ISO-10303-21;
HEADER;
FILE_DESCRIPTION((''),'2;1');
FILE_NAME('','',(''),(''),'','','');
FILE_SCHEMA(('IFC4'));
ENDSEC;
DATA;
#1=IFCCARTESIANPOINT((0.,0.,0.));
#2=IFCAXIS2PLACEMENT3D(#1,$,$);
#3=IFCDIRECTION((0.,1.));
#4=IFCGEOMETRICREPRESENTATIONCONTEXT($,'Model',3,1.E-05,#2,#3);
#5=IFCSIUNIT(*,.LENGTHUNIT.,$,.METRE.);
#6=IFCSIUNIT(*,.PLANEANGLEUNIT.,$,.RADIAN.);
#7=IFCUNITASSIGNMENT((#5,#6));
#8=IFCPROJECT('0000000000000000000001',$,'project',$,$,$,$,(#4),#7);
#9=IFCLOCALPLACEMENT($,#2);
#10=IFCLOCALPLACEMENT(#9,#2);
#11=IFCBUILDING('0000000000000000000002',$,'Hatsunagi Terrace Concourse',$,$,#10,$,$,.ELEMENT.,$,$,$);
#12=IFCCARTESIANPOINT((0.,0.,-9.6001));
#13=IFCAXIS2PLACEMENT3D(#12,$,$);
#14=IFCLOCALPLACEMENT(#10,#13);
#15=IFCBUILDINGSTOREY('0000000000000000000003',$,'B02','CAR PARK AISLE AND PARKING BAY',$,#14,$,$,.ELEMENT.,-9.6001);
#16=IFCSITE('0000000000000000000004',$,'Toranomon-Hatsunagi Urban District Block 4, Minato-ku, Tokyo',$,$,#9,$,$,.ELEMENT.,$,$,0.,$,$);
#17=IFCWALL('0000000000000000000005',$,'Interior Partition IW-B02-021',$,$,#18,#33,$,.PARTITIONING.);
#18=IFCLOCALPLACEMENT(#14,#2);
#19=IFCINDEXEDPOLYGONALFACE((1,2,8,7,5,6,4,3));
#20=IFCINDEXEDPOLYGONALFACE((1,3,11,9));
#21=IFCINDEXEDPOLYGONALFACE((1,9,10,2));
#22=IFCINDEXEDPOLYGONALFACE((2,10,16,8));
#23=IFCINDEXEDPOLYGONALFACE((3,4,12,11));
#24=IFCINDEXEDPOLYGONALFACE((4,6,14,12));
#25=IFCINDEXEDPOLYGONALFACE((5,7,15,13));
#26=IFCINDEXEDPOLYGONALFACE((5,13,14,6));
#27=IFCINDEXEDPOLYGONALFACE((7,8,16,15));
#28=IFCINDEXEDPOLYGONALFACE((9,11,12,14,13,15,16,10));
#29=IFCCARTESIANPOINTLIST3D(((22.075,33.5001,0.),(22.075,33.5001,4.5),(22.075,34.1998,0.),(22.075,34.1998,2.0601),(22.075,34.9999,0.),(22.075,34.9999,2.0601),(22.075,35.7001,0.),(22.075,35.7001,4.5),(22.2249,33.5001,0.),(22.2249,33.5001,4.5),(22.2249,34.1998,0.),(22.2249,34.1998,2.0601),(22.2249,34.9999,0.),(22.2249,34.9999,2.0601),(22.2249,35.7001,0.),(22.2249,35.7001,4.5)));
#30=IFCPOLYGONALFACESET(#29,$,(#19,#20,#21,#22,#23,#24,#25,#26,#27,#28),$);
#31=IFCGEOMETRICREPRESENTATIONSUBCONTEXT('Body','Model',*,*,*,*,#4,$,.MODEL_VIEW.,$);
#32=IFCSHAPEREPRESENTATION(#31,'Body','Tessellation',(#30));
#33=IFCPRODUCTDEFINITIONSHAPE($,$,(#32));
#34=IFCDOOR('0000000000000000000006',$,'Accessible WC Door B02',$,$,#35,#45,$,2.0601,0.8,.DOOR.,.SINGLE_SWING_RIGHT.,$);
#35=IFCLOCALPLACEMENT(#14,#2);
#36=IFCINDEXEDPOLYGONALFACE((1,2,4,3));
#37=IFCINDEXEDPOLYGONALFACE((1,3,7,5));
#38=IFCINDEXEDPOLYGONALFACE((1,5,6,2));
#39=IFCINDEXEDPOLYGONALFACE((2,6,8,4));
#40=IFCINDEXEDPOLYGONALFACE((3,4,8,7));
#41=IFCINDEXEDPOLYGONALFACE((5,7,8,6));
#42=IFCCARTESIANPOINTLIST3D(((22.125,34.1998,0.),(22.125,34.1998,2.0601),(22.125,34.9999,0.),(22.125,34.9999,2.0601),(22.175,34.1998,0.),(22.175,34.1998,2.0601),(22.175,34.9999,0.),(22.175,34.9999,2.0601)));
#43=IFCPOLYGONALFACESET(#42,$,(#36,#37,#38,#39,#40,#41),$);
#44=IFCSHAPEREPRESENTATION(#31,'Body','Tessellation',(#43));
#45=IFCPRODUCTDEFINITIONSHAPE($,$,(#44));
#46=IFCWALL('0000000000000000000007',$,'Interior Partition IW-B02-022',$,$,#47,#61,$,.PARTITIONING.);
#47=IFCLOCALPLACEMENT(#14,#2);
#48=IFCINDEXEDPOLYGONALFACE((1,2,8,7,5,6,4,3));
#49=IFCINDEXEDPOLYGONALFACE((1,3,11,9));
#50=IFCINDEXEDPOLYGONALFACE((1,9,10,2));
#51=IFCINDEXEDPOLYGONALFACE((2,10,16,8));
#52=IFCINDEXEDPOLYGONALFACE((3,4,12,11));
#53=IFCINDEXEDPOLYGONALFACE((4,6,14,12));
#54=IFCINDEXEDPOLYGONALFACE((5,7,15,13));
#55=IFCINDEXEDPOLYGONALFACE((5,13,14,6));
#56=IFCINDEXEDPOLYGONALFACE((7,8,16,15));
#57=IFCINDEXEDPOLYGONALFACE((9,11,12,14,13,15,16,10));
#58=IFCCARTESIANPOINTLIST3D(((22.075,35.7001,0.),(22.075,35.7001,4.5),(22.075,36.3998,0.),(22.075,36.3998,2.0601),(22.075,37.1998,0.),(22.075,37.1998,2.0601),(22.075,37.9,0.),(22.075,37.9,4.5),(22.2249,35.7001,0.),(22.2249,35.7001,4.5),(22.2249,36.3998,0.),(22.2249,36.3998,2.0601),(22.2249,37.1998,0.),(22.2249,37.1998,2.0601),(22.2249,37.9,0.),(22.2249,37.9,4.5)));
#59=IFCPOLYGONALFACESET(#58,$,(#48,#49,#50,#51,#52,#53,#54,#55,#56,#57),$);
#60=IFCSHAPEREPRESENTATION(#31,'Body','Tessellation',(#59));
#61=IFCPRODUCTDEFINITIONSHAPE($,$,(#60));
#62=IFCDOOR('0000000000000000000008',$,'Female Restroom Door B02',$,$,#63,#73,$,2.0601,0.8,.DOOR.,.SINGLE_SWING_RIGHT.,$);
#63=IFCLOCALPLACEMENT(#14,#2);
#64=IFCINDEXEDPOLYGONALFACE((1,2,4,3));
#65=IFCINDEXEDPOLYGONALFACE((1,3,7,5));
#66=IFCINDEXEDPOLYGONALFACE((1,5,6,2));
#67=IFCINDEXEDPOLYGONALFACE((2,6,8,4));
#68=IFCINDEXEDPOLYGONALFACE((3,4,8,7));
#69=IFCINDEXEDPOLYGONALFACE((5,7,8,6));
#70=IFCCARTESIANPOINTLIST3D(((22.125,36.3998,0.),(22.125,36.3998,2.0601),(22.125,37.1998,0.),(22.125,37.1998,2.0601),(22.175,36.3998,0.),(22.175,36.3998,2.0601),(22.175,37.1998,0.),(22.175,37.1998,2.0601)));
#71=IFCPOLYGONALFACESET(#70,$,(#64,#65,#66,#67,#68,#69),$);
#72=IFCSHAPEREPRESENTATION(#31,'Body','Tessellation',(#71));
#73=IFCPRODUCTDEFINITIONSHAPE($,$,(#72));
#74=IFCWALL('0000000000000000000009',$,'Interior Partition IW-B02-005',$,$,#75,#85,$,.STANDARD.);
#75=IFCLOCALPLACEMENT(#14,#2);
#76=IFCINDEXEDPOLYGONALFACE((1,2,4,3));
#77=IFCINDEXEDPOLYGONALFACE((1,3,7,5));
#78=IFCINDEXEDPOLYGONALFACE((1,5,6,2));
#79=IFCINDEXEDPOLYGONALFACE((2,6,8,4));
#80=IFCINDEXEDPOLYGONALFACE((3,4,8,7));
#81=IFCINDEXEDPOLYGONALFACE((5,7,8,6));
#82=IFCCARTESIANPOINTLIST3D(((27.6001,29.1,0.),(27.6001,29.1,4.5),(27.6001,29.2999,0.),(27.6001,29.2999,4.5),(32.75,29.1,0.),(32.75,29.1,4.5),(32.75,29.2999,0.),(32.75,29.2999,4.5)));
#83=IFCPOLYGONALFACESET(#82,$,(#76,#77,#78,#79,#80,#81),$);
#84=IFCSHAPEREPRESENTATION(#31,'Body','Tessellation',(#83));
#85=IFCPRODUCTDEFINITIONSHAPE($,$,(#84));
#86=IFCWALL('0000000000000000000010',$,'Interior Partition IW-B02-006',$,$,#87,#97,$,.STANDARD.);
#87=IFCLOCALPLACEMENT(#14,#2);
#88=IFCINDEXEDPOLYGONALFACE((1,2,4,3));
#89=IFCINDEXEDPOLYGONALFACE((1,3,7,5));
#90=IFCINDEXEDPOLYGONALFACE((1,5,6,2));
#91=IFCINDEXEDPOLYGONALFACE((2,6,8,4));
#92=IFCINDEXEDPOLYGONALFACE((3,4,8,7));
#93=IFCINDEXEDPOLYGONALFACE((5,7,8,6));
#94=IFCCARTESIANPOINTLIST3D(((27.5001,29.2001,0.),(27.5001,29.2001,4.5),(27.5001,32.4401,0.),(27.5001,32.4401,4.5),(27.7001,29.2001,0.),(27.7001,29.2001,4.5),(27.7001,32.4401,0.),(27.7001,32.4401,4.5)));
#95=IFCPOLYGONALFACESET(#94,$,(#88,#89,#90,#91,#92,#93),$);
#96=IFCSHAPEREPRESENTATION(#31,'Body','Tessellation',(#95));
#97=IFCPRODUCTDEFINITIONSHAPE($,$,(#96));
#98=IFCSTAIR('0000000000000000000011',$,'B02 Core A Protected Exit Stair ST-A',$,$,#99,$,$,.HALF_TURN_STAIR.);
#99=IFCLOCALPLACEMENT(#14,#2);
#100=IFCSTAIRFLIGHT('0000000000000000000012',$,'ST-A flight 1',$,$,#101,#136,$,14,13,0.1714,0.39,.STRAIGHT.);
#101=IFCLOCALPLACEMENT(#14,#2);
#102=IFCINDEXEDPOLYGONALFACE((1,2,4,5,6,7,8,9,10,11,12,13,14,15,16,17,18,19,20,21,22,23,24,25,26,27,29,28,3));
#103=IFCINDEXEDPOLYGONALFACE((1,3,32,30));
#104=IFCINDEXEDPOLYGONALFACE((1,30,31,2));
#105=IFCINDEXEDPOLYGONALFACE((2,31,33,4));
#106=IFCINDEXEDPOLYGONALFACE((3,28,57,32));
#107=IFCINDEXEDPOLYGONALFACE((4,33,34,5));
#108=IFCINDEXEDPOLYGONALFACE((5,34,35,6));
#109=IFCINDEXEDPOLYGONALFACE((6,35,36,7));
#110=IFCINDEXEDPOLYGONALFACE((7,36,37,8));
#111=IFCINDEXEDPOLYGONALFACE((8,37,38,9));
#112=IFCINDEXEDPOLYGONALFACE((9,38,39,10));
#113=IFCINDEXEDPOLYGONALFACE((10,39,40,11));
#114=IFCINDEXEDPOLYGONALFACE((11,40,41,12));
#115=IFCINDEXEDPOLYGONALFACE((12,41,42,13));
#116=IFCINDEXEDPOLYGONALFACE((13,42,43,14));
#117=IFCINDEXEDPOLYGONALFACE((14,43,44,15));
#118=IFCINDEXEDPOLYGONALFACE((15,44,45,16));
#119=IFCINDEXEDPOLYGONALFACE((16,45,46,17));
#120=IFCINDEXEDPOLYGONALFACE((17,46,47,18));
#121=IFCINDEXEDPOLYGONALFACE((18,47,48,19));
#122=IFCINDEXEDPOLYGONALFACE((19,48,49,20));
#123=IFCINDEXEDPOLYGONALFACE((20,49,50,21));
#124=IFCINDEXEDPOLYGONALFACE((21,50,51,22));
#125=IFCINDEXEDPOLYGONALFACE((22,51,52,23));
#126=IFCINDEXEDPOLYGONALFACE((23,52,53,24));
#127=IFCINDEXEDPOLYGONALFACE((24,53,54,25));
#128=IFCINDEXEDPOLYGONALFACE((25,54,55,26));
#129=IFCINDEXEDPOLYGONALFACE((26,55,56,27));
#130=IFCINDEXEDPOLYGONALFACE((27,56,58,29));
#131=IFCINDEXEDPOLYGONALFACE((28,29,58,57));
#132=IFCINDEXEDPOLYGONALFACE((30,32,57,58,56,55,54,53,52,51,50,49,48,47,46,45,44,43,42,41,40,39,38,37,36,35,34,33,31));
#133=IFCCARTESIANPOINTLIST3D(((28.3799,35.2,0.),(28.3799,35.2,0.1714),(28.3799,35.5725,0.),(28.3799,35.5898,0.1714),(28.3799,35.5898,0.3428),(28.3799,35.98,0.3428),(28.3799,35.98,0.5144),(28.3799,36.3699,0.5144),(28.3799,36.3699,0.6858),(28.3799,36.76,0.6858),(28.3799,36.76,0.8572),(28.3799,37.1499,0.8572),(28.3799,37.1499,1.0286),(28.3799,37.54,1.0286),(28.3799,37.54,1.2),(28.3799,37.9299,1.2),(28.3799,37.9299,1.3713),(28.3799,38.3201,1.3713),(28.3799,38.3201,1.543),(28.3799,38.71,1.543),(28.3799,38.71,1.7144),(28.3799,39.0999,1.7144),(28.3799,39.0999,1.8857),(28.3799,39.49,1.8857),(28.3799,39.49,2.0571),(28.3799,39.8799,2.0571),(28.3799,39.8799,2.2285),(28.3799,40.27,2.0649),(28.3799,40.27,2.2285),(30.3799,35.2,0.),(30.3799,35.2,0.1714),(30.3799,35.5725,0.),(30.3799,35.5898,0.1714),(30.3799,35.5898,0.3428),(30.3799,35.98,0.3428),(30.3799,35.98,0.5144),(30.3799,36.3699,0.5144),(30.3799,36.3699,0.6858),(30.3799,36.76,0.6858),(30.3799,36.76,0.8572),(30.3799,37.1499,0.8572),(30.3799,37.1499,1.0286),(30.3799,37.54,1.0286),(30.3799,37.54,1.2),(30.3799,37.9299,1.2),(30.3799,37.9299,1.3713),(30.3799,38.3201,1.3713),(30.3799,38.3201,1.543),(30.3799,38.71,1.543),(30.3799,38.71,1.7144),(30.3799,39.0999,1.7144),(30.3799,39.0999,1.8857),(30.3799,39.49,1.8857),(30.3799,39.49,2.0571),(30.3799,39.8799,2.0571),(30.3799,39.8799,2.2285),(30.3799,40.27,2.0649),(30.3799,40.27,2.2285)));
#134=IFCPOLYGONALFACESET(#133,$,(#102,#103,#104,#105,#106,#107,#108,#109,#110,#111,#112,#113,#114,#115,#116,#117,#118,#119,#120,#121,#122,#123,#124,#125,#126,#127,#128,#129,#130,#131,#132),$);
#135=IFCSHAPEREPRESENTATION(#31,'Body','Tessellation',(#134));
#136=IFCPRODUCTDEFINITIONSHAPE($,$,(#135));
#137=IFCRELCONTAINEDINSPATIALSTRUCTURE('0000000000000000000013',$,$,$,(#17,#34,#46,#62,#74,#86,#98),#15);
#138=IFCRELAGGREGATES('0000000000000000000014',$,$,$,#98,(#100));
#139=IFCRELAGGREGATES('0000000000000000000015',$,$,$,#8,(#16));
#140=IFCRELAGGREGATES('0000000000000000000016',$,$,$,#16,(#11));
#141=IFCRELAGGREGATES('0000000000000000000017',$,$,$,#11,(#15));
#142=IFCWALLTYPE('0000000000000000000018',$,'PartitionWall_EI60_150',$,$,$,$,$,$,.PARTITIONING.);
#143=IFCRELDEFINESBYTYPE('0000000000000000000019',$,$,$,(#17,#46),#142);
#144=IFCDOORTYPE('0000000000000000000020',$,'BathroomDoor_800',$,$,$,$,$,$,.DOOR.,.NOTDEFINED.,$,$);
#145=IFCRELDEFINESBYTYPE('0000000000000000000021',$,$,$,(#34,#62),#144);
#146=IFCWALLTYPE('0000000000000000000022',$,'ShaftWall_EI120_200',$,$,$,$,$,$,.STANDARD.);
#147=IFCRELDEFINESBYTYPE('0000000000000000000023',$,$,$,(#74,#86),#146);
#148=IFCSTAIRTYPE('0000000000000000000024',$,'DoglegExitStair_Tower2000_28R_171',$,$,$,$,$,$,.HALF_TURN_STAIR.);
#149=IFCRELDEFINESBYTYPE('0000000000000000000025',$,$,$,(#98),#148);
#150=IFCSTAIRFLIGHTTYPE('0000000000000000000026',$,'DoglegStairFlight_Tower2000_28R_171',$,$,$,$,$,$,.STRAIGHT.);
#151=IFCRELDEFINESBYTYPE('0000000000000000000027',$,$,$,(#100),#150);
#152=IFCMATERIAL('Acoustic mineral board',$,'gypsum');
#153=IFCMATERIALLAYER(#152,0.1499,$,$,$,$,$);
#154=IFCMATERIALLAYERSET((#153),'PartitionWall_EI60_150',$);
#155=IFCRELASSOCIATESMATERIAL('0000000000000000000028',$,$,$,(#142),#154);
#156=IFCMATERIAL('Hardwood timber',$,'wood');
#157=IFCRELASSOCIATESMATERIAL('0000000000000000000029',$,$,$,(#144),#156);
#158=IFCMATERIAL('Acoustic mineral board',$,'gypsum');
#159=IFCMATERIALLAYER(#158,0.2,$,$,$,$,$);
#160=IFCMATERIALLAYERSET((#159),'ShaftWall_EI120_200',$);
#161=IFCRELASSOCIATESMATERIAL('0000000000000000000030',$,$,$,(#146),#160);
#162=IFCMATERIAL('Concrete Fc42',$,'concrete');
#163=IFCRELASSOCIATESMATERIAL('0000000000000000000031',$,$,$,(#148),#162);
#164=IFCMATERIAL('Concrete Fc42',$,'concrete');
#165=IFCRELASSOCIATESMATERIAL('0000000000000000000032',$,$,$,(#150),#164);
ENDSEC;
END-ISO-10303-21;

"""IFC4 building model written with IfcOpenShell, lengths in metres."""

from ifc_helpers import new_model, si_unit, direction, frame, frame_2d, origin, place, context, subcontext, project, spatial, polyline, rectangle, outline, extrude, material, layer, layer_set, type_object, element, fill, aggregate, save


model = new_model("IFC4")

# Units and contexts
model_context = context("Model", 3, precision=1e-05, world=origin(), true_north=direction((0.0, 1.0)))
body_context = subcontext(model_context, "Body", "Model", "MODEL_VIEW")
ifc_project = project(units=[si_unit("LENGTHUNIT", "METRE"), si_unit("PLANEANGLEUNIT", "RADIAN")], contexts=[model_context])

# Site, building, storey
site_placement = place(None, origin())
site = spatial("IfcSite", under=ifc_project, at=site_placement, Name="Toranomon-Hatsunagi Urban District Block 4, Minato-ku, Tokyo", CompositionType="ELEMENT", RefElevation=0.0)
building_placement = place(site_placement, origin())
building = spatial("IfcBuilding", under=site, at=building_placement, Name="Hatsunagi Terrace Concourse", CompositionType="ELEMENT")
storey_placement = place(building_placement, frame((0.0, 0.0, -9.6001)))
storey = spatial("IfcBuildingStorey", under=building, at=storey_placement, Name="B02", Description="CAR PARK AISLE AND PARKING BAY", CompositionType="ELEMENT", Elevation=-9.6001)

# Shared definitions
ifc_material_1 = material(Name="Acoustic mineral board", Category="gypsum")
ifc_layer_1 = layer(ifc_material_1, 0.1499)
ifc_layer_set_1 = layer_set([ifc_layer_1], Name="PartitionWall_EI60_150")
wall_type_1 = type_object("IfcWallType", Name="PartitionWall_EI60_150", PredefinedType="PARTITIONING", material=ifc_layer_set_1)

# Walls, openings, doors
wall_1_placement = place(storey_placement, frame((22.1499, 33.5, 0.0), z_axis=(0.0, 0.0, 1.0), x_axis=(0.0, 1.0, 0.0)))
wall_1 = element("IfcWall", 1, at=wall_1_placement, inside=storey, type_object=wall_type_1, Name="Interior Partition IW-B02-021", PredefinedType="PARTITIONING", context=body_context, shape_type="SweptSolid", body=[
    extrude(rectangle(XDim=2.2, YDim=0.1499, at=frame_2d((1.1001, 0.0))), origin(), (0.0, 0.0, 1.0), 4.5),
])
opening_1_placement = place(wall_1_placement, frame((0.7, 0.0, 0.0)))
opening_1 = element("IfcOpeningElement", 2, at=opening_1_placement, cuts=wall_1, PredefinedType="OPENING", context=body_context, shape_type="SweptSolid", body=[
    extrude(rectangle(XDim=0.8, YDim=2.0601, at=frame_2d((0.3999, 1.03))), frame((0.0, 0.085, 0.0), z_axis=(0.0, -1.0, 0.0), x_axis=(1.0, 0.0, 0.0)), (0.0, 0.0, 1.0), 0.1699),
])
ifc_material_2 = material(Name="Hardwood timber", Category="wood")
door_type_1 = type_object("IfcDoorType", Name="BathroomDoor_800", OperationType="NOTDEFINED", PredefinedType="DOOR", material=ifc_material_2)
door_1_placement = place(opening_1_placement, origin())
door_1 = element("IfcDoor", 3, at=door_1_placement, inside=storey, type_object=door_type_1, Name="Accessible WC Door B02", OperationType="SINGLE_SWING_RIGHT", OverallHeight=2.0601, OverallWidth=0.8, PredefinedType="DOOR", context=body_context, shape_type="SweptSolid", body=[
    extrude(rectangle(XDim=0.8, YDim=2.0601, at=frame_2d((0.3999, 1.03))), frame((0.0, 0.0249, 0.0), z_axis=(0.0, -1.0, 0.0), x_axis=(1.0, 0.0, 0.0)), (0.0, 0.0, 1.0), 0.05),
])
fill(opening_1, door_1)
wall_2_placement = place(storey_placement, frame((22.1499, 35.7, 0.0), z_axis=(0.0, 0.0, 1.0), x_axis=(0.0, 1.0, 0.0)))
wall_2 = element("IfcWall", 4, at=wall_2_placement, inside=storey, type_object=wall_type_1, Name="Interior Partition IW-B02-022", PredefinedType="PARTITIONING", context=body_context, shape_type="SweptSolid", body=[
    extrude(rectangle(XDim=2.2, YDim=0.1499, at=frame_2d((1.1001, 0.0))), origin(), (0.0, 0.0, 1.0), 4.5),
])
opening_2_placement = place(wall_2_placement, frame((0.7, 0.0, 0.0)))
opening_2 = element("IfcOpeningElement", 5, at=opening_2_placement, cuts=wall_2, PredefinedType="OPENING", context=body_context, shape_type="SweptSolid", body=[
    extrude(rectangle(XDim=0.8, YDim=2.0601, at=frame_2d((0.3999, 1.03))), frame((0.0, 0.085, 0.0), z_axis=(0.0, -1.0, 0.0), x_axis=(1.0, 0.0, 0.0)), (0.0, 0.0, 1.0), 0.1699),
])
door_2_placement = place(opening_2_placement, origin())
door_2 = element("IfcDoor", 6, at=door_2_placement, inside=storey, type_object=door_type_1, Name="Female Restroom Door B02", OperationType="SINGLE_SWING_RIGHT", OverallHeight=2.0601, OverallWidth=0.8, PredefinedType="DOOR", context=body_context, shape_type="SweptSolid", body=[
    extrude(rectangle(XDim=0.8, YDim=2.0601, at=frame_2d((0.3999, 1.03))), frame((0.0, 0.0249, 0.0), z_axis=(0.0, -1.0, 0.0), x_axis=(1.0, 0.0, 0.0)), (0.0, 0.0, 1.0), 0.05),
])
fill(opening_2, door_2)

# Walls
ifc_material_3 = material(Name="Acoustic mineral board", Category="gypsum")
ifc_layer_2 = layer(ifc_material_3, 0.2)
ifc_layer_set_2 = layer_set([ifc_layer_2], Name="ShaftWall_EI120_200")
wall_type_2 = type_object("IfcWallType", Name="ShaftWall_EI120_200", PredefinedType="STANDARD", material=ifc_layer_set_2)
wall_3_placement = place(storey_placement, frame((27.6001, 29.2, 0.0), z_axis=(0.0, 0.0, 1.0), x_axis=(1.0, 0.0, 0.0)))
element("IfcWall", 7, at=wall_3_placement, inside=storey, type_object=wall_type_2, Name="Interior Partition IW-B02-005", PredefinedType="STANDARD", context=body_context, shape_type="SweptSolid", body=[
    extrude(rectangle(XDim=5.1499, YDim=0.2, at=frame_2d((2.575, 0.0))), origin(), (0.0, 0.0, 1.0), 4.5),
])
wall_4_placement = place(storey_placement, frame((27.6001, 29.2, 0.0), z_axis=(0.0, 0.0, 1.0), x_axis=(0.0, 1.0, 0.0)))
element("IfcWall", 8, at=wall_4_placement, inside=storey, type_object=wall_type_2, Name="Interior Partition IW-B02-006", PredefinedType="STANDARD", context=body_context, shape_type="SweptSolid", body=[
    extrude(rectangle(XDim=3.24, YDim=0.2, at=frame_2d((1.6201, 0.0))), origin(), (0.0, 0.0, 1.0), 4.5),
])

# Stair, stair flight
ifc_material_4 = material(Name="Concrete Fc42", Category="concrete")
stair_type = type_object("IfcStairType", Name="DoglegExitStair_Tower2000_28R_171", PredefinedType="HALF_TURN_STAIR", material=ifc_material_4)
stair_placement = place(storey_placement, origin())
stair = element("IfcStair", 9, at=stair_placement, inside=storey, type_object=stair_type, Name="B02 Core A Protected Exit Stair ST-A", PredefinedType="HALF_TURN_STAIR")
ifc_material_5 = material(Name="Concrete Fc42", Category="concrete")
stair_flight_type = type_object("IfcStairFlightType", Name="DoglegStairFlight_Tower2000_28R_171", PredefinedType="STRAIGHT", material=ifc_material_5)
stair_flight_placement = place(storey_placement, frame((29.3799, 35.2, 0.0), z_axis=(0.0, 0.0, 1.0), x_axis=(0.0, 1.0, 0.0)))
stair_flight = element("IfcStairFlight", 10, at=stair_flight_placement, type_object=stair_flight_type, Name="ST-A flight 1", NumberOfRisers=14, NumberOfTreads=13, PredefinedType="STRAIGHT", RiserHeight=0.1714, TreadLength=0.39, context=body_context, shape_type="SweptSolid", body=[
    extrude(outline(polyline([(0.0, 0.0), (0.0, 0.1714), (0.3899, 0.1714), (0.3899, 0.3428), (0.78, 0.3428), (0.78, 0.5144), (1.1699, 0.5144), (1.1699, 0.6858), (1.5601, 0.6858), (1.5601, 0.8572), (1.95, 0.8572), (1.95, 1.0286), (2.3401, 1.0286), (2.3401, 1.2), (2.73, 1.2), (2.73, 1.3713), (3.1201, 1.3713), (3.1201, 1.543), (3.51, 1.543), (3.51, 1.7144), (3.8999, 1.7144), (3.8999, 1.8857), (4.29, 1.8857), (4.29, 2.0571), (4.6799, 2.0571), (4.6799, 2.2285), (5.0701, 2.2285), (5.0701, 2.3999), (5.0701, 2.0649), (0.3726, 0.0), (0.0, 0.0)])), frame((0.0, 1.0, 0.0), z_axis=(0.0, -1.0, 0.0), x_axis=(1.0, 0.0, 0.0)), (0.0, 0.0, 1.0), 2.0),
])
aggregate(stair, [stair_flight])

save(model, "model.ifc")
